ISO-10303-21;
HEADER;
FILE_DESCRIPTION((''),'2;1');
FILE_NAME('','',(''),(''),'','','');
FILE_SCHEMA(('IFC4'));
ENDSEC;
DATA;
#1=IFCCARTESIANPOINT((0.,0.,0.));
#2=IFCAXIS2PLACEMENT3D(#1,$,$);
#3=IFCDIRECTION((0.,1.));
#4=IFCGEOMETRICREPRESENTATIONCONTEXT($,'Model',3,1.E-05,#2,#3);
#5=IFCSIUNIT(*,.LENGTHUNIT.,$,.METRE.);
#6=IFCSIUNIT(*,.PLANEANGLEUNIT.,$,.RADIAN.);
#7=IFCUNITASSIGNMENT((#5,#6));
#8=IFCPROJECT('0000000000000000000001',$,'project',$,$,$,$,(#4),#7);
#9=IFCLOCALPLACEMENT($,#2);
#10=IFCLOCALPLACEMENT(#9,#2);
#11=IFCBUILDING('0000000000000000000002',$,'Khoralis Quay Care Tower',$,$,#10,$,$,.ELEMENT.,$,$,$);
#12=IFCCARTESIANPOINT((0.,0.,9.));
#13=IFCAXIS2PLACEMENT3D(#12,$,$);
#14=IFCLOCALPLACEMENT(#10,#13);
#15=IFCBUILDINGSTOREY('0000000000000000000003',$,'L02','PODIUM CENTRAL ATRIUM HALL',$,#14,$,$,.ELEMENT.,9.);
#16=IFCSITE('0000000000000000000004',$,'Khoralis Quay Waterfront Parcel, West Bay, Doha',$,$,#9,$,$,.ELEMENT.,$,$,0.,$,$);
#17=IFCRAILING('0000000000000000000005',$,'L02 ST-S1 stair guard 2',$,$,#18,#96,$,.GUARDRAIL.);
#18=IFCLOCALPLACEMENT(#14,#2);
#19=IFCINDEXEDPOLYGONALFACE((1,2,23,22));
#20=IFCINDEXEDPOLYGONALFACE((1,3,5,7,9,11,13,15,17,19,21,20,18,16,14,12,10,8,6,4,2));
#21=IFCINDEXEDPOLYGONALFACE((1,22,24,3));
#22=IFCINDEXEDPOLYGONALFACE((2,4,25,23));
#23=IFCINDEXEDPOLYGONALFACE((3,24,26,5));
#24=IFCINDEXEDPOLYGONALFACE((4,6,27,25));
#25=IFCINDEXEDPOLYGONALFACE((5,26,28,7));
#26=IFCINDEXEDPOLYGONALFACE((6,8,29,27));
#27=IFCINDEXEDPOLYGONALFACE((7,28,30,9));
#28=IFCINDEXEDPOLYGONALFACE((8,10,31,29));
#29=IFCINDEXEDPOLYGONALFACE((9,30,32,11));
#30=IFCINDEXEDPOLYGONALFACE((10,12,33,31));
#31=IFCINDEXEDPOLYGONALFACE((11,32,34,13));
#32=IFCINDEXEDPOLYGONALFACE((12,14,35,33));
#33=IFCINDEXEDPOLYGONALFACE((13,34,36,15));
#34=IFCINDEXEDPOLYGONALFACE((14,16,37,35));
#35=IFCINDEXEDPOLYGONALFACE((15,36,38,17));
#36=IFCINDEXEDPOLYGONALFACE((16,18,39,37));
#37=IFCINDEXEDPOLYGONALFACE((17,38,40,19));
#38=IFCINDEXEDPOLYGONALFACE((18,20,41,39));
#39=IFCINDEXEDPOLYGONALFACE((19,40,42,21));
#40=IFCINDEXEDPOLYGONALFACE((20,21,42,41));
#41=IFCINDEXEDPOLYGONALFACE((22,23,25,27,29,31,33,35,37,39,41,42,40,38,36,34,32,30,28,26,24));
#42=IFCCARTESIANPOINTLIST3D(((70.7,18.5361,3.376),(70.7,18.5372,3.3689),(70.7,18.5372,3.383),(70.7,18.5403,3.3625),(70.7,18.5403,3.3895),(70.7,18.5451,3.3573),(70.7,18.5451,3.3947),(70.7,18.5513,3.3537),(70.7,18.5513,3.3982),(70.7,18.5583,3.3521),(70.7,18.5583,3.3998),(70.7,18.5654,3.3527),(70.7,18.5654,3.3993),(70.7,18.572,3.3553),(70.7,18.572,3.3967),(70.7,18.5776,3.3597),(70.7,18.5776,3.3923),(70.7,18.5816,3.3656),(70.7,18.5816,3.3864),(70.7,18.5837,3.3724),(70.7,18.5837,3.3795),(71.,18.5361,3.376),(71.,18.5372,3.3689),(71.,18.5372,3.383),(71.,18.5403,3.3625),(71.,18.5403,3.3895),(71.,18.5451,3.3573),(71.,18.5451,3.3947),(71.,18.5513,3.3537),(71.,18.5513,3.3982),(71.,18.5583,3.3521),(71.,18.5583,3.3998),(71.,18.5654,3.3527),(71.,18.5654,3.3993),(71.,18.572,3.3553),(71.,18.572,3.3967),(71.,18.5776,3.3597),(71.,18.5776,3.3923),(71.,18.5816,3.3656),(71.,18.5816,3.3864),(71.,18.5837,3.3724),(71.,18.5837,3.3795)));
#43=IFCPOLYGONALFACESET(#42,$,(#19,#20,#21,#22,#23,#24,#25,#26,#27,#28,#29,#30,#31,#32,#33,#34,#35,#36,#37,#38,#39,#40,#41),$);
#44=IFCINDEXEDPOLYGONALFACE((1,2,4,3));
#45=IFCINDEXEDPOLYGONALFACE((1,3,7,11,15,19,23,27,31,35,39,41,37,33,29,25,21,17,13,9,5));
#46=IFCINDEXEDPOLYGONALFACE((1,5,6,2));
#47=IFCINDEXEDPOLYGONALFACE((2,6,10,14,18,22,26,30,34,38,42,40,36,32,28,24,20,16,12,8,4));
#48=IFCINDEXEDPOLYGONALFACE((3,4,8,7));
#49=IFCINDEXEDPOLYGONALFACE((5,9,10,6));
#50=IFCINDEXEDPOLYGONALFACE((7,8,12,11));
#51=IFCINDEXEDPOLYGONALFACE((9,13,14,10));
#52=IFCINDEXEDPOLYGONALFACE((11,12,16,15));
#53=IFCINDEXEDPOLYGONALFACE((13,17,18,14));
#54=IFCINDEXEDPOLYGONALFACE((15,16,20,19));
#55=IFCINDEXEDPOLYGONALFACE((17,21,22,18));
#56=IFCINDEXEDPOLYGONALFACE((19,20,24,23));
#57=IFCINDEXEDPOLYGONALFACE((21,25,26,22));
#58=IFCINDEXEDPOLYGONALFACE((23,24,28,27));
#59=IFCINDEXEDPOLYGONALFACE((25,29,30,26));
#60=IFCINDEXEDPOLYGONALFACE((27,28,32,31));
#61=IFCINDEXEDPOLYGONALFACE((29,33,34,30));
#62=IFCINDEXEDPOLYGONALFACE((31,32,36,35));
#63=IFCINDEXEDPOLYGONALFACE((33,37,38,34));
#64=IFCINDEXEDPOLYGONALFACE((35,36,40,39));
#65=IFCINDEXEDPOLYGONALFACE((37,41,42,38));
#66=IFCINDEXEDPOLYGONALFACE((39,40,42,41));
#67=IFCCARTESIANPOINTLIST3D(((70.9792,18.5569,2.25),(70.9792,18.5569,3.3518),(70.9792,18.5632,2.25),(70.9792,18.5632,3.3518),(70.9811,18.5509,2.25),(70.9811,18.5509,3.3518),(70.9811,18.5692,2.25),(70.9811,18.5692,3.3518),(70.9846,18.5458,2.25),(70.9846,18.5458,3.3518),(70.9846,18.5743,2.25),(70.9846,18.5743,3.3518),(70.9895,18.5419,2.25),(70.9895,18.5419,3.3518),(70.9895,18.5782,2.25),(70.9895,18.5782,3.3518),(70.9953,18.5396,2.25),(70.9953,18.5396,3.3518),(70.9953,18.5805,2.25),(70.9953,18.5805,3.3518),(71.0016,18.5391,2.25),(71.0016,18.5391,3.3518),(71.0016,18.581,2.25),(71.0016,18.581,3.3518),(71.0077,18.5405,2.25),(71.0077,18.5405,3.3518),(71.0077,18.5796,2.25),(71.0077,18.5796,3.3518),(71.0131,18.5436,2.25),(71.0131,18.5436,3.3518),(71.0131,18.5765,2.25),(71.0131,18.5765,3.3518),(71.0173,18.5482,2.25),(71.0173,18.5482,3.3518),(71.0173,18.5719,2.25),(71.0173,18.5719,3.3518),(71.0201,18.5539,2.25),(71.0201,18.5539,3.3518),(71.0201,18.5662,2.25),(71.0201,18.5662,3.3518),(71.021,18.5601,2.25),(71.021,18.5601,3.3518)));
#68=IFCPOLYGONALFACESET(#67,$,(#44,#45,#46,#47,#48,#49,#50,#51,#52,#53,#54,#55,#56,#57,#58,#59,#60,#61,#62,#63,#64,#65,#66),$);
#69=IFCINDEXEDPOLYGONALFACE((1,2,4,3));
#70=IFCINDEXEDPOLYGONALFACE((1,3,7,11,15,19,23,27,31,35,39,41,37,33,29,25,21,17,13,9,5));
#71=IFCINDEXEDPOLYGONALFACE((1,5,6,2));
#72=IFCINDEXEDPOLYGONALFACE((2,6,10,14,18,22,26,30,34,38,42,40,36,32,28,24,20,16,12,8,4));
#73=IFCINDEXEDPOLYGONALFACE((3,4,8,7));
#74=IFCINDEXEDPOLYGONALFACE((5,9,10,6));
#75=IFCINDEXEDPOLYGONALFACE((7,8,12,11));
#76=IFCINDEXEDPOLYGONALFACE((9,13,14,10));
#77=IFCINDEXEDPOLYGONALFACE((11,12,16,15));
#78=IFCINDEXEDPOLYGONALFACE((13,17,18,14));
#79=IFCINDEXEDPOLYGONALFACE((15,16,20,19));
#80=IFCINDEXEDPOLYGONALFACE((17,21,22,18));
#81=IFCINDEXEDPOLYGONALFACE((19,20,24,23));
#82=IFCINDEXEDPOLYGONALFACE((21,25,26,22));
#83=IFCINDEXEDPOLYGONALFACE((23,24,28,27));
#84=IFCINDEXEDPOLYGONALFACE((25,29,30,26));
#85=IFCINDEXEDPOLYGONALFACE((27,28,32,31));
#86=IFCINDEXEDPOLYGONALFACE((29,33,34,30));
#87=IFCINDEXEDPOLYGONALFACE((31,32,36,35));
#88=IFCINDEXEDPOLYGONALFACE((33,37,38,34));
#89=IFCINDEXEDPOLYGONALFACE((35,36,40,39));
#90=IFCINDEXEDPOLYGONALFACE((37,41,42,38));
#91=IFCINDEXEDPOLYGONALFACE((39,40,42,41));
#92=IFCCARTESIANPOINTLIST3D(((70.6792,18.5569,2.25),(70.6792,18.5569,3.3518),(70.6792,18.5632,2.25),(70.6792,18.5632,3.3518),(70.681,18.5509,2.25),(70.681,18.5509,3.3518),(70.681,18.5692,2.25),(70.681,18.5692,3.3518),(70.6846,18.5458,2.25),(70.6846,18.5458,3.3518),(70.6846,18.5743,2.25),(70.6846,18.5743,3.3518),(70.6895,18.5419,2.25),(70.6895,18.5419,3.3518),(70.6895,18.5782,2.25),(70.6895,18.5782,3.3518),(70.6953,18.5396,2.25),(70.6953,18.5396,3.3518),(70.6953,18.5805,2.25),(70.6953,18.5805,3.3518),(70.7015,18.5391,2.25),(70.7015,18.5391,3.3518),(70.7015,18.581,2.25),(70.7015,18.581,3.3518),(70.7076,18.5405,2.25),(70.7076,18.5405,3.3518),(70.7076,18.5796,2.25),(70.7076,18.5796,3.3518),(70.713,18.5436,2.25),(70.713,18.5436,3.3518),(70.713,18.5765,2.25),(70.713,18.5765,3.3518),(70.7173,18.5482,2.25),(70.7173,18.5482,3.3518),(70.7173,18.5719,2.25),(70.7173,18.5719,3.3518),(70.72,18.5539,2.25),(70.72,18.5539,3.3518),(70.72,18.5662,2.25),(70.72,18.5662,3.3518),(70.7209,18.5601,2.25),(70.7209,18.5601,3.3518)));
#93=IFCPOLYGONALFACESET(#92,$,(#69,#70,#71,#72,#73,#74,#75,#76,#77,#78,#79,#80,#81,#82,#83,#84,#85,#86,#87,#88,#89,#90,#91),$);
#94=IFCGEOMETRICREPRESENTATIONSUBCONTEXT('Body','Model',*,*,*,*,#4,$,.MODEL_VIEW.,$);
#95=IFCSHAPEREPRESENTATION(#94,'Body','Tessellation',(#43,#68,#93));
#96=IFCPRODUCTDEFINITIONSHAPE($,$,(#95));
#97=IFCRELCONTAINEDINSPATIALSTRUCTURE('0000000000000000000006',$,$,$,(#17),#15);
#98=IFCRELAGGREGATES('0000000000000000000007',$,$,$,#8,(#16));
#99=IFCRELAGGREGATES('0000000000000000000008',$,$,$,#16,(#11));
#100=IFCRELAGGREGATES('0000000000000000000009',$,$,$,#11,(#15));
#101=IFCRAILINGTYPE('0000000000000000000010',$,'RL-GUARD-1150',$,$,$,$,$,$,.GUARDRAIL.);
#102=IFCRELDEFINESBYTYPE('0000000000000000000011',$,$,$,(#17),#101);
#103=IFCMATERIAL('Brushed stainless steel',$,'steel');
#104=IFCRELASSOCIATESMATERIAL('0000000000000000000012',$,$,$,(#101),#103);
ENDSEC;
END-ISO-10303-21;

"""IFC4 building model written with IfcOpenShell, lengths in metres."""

from ifc_helpers import new_model, si_unit, direction, frame, origin, origin_2d, place, context, subcontext, project, spatial, circle, extrude, material, type_object, element, save


model = new_model("IFC4")

# Units and contexts
model_context = context("Model", 3, precision=1e-05, world=origin(), true_north=direction((0.0, 1.0)))
body_context = subcontext(model_context, "Body", "Model", "MODEL_VIEW")
ifc_project = project(units=[si_unit("LENGTHUNIT", "METRE"), si_unit("PLANEANGLEUNIT", "RADIAN")], contexts=[model_context])

# Site, building, storey
site_placement = place(None, origin())
site = spatial("IfcSite", under=ifc_project, at=site_placement, Name="Khoralis Quay Waterfront Parcel, West Bay, Doha", CompositionType="ELEMENT", RefElevation=0.0)
building_placement = place(site_placement, origin())
building = spatial("IfcBuilding", under=site, at=building_placement, Name="Khoralis Quay Care Tower", CompositionType="ELEMENT")
storey_placement = place(building_placement, frame((0.0, 0.0, 9.0)))
storey = spatial("IfcBuildingStorey", under=building, at=storey_placement, Name="L02", Description="PODIUM CENTRAL ATRIUM HALL", CompositionType="ELEMENT", Elevation=9.0)

# Railing
ifc_material_1 = material(Name="Brushed stainless steel", Category="steel")
railing_type_1 = type_object("IfcRailingType", Name="RL-GUARD-1150", PredefinedType="GUARDRAIL", material=ifc_material_1)
railing_1_placement = place(storey_placement, frame((71.0, 18.5601, 2.25)))
element("IfcRailing", 1, at=railing_1_placement, inside=storey, type_object=railing_type_1, Name="L02 ST-S1 stair guard 2", PredefinedType="GUARDRAIL", context=body_context, shape_type="SweptSolid", body=[
    extrude(circle(Radius=0.0239, at=origin_2d()), frame((0.0, 0.0, 1.126), z_axis=(-1.0, 0.0, 0.0), x_axis=(0.0, -1.0, 0.0)), (0.0, 0.0, 1.0), 0.3),
    extrude(circle(Radius=0.021, at=origin_2d()), origin(), (0.0, 0.0, 1.0), 1.1018),
    extrude(circle(Radius=0.021, at=origin_2d()), frame((-0.3, 0.0, 0.0)), (0.0, 0.0, 1.0), 1.1018),
])

save(model, "model.ifc")
